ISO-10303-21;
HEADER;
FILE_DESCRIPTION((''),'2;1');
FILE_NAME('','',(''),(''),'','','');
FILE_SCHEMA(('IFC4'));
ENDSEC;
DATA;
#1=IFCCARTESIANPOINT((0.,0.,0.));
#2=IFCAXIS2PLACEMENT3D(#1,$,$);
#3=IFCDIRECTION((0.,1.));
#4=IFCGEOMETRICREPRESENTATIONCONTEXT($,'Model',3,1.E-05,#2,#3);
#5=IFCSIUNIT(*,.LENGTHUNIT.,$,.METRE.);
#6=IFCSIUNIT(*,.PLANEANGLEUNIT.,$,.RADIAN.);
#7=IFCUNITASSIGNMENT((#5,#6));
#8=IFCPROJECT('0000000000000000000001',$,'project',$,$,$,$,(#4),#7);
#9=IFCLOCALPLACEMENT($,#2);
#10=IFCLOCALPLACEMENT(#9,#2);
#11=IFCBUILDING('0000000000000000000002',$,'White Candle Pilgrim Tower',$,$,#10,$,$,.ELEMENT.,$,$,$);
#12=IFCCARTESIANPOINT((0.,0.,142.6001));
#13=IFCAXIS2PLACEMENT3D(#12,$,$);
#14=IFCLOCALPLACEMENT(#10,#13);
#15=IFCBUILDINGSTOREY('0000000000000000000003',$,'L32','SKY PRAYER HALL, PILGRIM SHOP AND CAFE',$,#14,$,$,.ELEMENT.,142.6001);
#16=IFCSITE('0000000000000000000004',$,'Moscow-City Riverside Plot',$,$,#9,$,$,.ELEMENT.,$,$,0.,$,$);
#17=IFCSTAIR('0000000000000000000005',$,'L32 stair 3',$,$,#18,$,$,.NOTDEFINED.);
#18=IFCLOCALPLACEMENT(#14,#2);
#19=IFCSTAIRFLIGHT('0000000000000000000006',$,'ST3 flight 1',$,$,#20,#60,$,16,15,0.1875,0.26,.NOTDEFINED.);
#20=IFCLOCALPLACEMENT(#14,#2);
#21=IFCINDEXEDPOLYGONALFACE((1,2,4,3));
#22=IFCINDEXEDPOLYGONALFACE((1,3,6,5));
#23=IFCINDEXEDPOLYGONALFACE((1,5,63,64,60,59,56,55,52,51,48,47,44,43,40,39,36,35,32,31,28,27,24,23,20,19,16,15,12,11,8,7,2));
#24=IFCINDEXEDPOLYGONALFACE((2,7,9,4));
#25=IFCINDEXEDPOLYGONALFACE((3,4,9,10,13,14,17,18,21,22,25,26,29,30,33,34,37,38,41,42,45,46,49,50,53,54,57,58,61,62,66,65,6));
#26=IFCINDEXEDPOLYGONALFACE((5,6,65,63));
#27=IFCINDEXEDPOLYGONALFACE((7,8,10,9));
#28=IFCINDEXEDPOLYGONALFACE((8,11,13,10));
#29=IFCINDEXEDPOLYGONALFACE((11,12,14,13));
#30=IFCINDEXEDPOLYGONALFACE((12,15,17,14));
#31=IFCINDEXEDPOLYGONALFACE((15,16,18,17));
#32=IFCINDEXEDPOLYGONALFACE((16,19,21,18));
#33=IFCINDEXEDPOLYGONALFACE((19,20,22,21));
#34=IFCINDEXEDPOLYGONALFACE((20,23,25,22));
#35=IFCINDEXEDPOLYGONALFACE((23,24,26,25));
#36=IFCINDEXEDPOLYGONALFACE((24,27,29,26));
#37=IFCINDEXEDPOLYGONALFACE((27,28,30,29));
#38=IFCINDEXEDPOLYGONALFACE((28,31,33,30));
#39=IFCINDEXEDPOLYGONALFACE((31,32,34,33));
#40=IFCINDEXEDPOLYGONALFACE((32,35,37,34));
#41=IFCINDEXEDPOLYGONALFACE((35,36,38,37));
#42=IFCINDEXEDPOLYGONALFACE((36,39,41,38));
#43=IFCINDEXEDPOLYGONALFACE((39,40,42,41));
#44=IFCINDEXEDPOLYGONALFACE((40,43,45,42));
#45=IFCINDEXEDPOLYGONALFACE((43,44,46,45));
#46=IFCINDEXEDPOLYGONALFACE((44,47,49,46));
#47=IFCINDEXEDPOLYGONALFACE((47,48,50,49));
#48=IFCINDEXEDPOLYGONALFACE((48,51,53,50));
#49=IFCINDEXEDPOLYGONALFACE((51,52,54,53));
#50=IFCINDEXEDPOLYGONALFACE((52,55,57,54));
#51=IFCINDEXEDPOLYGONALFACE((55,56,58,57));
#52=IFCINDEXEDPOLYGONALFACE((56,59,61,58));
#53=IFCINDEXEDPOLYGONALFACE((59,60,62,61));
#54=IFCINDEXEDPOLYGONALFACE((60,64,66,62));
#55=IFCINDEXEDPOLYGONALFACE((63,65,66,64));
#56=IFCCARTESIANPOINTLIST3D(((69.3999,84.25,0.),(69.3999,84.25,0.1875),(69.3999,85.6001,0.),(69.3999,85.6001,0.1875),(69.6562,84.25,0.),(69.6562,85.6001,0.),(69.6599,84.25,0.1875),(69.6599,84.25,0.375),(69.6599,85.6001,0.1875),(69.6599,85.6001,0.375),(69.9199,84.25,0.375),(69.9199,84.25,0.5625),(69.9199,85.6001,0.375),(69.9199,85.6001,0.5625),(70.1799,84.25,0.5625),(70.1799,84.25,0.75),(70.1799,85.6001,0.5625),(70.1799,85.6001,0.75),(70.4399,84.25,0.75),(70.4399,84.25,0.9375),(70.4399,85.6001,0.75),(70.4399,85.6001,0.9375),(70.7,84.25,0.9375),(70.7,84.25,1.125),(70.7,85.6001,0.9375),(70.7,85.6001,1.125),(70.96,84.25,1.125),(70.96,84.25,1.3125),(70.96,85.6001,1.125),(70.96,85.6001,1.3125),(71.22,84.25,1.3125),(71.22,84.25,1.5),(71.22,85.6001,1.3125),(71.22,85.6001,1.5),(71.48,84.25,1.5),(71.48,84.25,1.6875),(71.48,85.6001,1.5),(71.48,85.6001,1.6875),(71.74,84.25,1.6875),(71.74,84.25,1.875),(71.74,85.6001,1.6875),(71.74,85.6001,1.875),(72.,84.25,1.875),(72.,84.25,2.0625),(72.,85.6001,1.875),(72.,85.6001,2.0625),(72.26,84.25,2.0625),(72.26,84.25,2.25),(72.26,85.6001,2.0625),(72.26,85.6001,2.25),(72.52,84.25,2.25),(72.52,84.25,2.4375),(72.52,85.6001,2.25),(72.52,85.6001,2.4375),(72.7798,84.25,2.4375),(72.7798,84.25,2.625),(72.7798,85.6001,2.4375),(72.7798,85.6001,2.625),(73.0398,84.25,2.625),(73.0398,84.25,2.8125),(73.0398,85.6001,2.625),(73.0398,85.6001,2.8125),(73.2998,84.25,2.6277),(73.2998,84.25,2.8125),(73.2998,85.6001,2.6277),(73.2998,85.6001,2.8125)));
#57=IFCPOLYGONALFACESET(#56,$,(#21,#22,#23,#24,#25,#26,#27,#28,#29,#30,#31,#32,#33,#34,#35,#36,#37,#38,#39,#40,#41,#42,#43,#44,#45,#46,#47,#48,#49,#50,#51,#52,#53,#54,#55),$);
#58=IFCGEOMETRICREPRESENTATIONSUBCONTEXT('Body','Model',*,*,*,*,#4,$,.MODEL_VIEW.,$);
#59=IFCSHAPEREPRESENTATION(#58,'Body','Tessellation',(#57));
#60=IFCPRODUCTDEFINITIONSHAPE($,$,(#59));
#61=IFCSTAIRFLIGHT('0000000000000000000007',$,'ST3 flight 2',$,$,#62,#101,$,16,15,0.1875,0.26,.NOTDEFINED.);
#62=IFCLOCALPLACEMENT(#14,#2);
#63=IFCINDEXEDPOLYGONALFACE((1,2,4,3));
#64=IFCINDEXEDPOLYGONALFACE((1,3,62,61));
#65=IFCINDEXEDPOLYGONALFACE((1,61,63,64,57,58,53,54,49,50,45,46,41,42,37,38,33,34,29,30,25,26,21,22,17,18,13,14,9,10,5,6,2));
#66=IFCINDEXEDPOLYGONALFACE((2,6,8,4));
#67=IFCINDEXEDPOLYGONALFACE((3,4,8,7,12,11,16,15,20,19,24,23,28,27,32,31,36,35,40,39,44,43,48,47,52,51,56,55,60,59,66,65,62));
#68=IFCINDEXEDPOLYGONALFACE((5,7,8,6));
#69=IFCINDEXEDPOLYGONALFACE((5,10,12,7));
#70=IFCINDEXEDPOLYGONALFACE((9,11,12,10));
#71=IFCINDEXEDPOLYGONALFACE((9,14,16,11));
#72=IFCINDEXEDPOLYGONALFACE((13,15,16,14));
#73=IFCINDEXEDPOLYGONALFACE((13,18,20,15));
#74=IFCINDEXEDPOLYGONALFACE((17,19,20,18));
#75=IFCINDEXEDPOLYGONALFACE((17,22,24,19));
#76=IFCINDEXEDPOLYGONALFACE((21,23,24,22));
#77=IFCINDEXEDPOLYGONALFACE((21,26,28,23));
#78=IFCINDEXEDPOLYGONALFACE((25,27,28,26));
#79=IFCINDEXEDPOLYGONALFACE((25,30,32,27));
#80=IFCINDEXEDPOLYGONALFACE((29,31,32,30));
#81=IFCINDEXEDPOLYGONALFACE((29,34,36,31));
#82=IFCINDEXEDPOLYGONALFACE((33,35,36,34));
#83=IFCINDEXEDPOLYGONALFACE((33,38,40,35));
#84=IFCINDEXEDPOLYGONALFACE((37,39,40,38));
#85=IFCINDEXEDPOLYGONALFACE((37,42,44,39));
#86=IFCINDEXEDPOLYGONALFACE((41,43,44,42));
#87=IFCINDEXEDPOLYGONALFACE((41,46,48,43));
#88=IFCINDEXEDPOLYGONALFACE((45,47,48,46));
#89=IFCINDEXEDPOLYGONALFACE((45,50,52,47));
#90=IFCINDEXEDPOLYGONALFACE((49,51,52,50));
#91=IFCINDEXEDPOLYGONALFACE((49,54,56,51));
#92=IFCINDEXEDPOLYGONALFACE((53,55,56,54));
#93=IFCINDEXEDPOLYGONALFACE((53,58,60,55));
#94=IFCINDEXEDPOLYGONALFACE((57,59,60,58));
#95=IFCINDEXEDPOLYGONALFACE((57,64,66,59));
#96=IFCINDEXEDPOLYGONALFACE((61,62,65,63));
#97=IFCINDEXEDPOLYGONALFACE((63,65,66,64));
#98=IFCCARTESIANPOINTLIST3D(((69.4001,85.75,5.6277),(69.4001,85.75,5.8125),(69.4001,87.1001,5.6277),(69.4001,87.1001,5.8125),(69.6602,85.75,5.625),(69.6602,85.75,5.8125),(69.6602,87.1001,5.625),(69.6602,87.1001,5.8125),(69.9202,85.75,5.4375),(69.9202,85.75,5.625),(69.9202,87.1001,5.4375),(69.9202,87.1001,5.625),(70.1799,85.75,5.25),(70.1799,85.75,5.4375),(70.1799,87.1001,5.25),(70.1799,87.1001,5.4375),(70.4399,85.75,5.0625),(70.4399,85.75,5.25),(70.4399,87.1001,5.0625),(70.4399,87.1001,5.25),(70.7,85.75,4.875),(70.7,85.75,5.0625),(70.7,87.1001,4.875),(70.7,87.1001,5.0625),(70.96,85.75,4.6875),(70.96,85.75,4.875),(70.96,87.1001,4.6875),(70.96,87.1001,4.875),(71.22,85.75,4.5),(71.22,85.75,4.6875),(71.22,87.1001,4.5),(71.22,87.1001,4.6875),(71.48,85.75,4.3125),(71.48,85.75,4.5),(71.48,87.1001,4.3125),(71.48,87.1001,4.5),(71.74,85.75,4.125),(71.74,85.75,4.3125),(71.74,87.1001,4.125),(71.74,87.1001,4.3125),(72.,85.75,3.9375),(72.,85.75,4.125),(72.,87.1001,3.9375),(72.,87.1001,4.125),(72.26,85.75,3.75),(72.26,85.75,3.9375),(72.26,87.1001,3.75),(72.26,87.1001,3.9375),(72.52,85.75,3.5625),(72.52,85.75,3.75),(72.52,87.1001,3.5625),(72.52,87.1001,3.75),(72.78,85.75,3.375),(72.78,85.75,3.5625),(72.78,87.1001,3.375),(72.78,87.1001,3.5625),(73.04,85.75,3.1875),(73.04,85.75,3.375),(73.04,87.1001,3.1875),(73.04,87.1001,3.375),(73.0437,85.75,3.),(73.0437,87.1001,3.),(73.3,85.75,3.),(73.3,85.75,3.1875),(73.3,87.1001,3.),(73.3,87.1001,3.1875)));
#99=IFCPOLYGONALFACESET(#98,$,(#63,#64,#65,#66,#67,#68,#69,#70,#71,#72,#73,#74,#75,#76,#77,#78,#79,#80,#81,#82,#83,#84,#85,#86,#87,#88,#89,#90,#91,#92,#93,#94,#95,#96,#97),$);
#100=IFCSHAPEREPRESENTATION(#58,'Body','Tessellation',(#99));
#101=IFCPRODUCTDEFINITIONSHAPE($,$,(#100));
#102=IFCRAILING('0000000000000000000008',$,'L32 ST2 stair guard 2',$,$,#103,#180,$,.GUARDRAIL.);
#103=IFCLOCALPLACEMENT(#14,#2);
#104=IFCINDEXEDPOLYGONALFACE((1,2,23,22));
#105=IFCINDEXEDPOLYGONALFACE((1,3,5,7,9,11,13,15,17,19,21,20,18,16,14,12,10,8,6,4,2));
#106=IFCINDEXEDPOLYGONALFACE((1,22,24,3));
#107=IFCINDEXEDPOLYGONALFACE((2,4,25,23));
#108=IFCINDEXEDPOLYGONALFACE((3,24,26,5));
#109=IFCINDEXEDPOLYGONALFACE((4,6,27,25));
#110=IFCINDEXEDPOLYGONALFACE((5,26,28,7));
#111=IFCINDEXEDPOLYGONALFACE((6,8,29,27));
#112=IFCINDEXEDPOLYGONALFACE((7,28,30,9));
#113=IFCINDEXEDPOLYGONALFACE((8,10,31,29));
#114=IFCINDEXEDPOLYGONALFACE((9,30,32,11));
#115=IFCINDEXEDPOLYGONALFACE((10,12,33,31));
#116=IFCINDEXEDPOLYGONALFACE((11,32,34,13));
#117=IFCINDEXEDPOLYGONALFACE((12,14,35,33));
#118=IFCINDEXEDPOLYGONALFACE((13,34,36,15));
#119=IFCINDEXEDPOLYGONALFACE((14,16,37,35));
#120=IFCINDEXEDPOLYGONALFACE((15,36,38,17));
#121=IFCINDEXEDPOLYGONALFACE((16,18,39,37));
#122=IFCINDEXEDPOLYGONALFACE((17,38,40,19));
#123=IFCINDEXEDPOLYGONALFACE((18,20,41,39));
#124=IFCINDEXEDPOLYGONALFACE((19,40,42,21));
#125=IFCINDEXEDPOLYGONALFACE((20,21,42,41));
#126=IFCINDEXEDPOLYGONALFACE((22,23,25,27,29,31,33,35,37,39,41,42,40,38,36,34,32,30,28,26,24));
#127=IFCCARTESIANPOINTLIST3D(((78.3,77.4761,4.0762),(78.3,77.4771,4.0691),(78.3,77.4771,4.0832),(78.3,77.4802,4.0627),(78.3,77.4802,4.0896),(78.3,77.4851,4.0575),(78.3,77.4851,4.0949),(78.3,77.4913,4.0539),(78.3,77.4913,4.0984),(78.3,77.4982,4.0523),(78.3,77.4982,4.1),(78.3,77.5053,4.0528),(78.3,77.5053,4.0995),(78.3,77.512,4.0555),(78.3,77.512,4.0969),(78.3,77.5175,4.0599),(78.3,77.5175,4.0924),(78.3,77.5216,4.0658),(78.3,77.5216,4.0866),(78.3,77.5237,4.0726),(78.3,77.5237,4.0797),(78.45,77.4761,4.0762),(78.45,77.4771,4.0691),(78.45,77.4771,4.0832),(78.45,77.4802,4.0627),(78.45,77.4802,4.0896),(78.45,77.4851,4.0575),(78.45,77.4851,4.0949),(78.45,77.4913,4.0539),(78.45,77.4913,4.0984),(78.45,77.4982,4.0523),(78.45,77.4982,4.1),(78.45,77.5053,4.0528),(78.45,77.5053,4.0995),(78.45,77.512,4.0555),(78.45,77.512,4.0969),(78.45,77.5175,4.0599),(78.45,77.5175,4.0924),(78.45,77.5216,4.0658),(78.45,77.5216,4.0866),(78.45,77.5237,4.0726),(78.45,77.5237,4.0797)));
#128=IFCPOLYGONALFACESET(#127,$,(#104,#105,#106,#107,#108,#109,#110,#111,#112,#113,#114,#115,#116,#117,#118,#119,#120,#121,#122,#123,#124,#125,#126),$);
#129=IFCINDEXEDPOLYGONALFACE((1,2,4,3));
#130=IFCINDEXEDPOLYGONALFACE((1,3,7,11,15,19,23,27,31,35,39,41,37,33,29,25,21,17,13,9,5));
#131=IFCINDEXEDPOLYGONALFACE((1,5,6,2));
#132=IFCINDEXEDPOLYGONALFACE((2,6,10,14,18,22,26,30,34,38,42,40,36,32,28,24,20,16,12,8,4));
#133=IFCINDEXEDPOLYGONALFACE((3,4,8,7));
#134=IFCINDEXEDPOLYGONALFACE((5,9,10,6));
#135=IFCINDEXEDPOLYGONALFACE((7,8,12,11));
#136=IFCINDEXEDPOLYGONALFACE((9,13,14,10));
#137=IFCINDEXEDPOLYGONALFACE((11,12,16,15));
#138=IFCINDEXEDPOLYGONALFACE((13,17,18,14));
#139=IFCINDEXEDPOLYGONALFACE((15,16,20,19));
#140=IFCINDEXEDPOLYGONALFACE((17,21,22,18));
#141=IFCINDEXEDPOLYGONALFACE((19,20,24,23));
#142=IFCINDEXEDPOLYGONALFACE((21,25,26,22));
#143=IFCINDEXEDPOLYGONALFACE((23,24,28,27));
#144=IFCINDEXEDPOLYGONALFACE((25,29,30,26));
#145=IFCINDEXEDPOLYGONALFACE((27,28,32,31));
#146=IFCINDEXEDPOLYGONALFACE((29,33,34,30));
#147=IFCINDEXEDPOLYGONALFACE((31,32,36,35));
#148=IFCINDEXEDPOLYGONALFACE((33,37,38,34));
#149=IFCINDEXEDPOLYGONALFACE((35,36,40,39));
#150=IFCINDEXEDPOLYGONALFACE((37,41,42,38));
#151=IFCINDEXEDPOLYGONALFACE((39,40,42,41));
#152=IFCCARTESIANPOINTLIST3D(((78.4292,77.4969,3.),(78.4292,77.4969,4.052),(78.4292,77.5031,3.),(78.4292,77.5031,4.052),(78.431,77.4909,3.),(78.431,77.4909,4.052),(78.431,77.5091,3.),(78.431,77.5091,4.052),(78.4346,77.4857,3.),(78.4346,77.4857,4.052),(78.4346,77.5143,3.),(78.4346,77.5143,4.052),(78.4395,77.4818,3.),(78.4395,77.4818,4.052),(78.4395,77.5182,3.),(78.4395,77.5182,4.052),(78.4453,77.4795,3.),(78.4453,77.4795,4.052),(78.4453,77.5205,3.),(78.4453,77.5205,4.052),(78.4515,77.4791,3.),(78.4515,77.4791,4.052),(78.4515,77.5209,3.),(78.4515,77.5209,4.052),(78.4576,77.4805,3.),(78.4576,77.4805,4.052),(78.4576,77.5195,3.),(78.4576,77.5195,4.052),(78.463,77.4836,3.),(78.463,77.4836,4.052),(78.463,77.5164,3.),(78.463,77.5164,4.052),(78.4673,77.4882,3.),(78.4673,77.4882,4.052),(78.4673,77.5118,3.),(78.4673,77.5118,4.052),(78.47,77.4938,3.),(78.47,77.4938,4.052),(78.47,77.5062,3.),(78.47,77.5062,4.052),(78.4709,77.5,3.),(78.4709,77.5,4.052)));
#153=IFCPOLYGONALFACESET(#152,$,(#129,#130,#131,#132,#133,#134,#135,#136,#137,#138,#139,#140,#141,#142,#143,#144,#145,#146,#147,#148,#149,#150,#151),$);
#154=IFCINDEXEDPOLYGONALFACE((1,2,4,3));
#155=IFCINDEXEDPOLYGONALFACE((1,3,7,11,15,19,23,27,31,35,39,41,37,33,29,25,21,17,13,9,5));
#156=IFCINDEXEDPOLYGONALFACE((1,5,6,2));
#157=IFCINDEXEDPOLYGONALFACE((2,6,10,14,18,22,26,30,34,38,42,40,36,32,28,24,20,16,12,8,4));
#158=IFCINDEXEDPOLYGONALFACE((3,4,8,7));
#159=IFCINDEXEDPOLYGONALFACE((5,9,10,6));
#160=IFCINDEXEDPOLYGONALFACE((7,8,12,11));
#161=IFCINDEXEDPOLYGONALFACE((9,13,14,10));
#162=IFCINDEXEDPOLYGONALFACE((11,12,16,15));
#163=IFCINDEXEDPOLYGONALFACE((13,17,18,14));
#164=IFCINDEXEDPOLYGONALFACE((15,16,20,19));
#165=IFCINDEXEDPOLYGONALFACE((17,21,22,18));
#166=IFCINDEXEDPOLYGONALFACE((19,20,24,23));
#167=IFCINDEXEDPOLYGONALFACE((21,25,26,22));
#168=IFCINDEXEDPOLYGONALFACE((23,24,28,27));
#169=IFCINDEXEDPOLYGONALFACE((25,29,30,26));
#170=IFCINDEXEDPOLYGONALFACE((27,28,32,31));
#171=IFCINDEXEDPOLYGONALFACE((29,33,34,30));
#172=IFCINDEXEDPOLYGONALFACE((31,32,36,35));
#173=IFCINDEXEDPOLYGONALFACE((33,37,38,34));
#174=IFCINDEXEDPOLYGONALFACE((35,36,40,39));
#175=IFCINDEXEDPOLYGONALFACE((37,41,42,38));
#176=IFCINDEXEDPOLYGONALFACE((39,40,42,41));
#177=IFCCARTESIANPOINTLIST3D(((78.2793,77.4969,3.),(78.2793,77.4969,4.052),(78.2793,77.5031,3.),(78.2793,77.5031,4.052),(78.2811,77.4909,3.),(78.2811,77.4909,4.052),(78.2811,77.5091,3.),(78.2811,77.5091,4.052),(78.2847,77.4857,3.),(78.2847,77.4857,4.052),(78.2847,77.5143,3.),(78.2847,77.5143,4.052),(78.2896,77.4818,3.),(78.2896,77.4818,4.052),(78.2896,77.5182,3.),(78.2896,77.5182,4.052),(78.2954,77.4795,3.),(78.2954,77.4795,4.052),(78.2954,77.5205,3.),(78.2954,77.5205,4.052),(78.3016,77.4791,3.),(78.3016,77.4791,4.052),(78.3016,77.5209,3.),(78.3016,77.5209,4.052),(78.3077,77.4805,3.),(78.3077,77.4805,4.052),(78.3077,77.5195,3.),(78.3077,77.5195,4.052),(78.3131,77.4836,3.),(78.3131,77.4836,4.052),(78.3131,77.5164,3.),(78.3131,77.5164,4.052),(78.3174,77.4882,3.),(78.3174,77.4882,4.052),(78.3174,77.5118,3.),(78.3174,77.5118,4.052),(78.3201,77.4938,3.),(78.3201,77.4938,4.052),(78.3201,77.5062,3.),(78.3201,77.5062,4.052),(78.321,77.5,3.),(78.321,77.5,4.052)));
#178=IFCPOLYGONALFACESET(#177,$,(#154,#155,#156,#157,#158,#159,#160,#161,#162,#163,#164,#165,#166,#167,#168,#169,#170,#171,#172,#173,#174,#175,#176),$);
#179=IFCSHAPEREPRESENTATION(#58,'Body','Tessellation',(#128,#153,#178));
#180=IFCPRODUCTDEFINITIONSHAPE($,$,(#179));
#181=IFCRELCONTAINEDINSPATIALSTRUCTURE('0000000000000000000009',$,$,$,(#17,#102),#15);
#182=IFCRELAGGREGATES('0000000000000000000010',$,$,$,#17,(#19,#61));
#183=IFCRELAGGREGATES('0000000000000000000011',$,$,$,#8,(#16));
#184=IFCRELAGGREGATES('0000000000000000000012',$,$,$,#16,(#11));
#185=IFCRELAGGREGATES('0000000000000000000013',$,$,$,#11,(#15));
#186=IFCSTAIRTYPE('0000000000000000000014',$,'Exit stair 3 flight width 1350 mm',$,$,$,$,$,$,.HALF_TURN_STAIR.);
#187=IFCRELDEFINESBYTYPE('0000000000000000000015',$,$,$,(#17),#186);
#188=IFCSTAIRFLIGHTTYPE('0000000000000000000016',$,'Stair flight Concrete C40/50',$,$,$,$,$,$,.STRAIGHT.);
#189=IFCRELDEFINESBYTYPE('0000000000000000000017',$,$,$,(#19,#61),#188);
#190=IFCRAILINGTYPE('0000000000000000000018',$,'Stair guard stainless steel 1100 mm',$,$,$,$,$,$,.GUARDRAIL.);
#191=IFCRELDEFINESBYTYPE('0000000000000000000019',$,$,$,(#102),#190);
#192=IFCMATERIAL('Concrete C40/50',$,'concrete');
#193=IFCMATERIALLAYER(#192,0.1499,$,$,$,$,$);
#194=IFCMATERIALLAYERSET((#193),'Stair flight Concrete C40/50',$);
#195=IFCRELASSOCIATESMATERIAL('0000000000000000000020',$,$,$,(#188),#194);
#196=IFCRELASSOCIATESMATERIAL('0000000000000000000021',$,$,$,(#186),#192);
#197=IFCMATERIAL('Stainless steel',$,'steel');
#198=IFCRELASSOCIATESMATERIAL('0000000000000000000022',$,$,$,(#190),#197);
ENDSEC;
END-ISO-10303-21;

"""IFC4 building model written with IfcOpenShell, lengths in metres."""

from ifc_helpers import new_model, si_unit, direction, frame, origin, origin_2d, place, context, subcontext, project, spatial, polyline, circle, outline, extrude, material, layer, layer_set, type_object, element, aggregate, save


model = new_model("IFC4")

# Units and contexts
model_context = context("Model", 3, precision=1e-05, world=origin(), true_north=direction((0.0, 1.0)))
body_context = subcontext(model_context, "Body", "Model", "MODEL_VIEW")
ifc_project = project(units=[si_unit("LENGTHUNIT", "METRE"), si_unit("PLANEANGLEUNIT", "RADIAN")], contexts=[model_context])

# Site, building, storey
site_placement = place(None, origin())
site = spatial("IfcSite", under=ifc_project, at=site_placement, Name="Moscow-City Riverside Plot", CompositionType="ELEMENT", RefElevation=0.0)
building_placement = place(site_placement, origin())
building = spatial("IfcBuilding", under=site, at=building_placement, Name="White Candle Pilgrim Tower", CompositionType="ELEMENT")
storey_placement = place(building_placement, frame((0.0, 0.0, 142.6001)))
storey = spatial("IfcBuildingStorey", under=building, at=storey_placement, Name="L32", Description="SKY PRAYER HALL, PILGRIM SHOP AND CAFE", CompositionType="ELEMENT", Elevation=142.6001)

# Shared definitions
ifc_material_1 = material(Name="Stainless steel", Category="steel")

# Shared definitions
ifc_material_2 = material(Name="Concrete C40/50", Category="concrete")
ifc_layer_1 = layer(ifc_material_2, 0.1499)
ifc_layer_set_1 = layer_set([ifc_layer_1], Name="Stair flight Concrete C40/50")
stair_flight_type = type_object("IfcStairFlightType", Name="Stair flight Concrete C40/50", PredefinedType="STRAIGHT", material=ifc_layer_set_1)

# Stair, stair flights
stair_type_1 = type_object("IfcStairType", Name="Exit stair 3 flight width 1350 mm", PredefinedType="HALF_TURN_STAIR", material=ifc_material_2)
stair_1_placement = place(storey_placement, origin())
stair_1 = element("IfcStair", 1, at=stair_1_placement, inside=storey, type_object=stair_type_1, Name="L32 stair 3", PredefinedType="NOTDEFINED")
stair_flight_1_placement = place(storey_placement, frame((69.3999, 84.925, 0.0), z_axis=(0.0, 0.0, 1.0), x_axis=(1.0, 0.0, 0.0)))
stair_flight_1 = element("IfcStairFlight", 2, at=stair_flight_1_placement, type_object=stair_flight_type, Name="ST3 flight 1", NumberOfRisers=16, NumberOfTreads=15, PredefinedType="NOTDEFINED", RiserHeight=0.1875, TreadLength=0.26, context=body_context, shape_type="SweptSolid", body=[
    extrude(outline(polyline([(0.0, 0.0), (0.0, 0.1875), (0.26, 0.1875), (0.26, 0.375), (0.52, 0.375), (0.52, 0.5625), (0.78, 0.5625), (0.78, 0.75), (1.04, 0.75), (1.04, 0.9375), (1.3, 0.9375), (1.3, 1.125), (1.5601, 1.125), (1.5601, 1.3125), (1.8201, 1.3125), (1.8201, 1.5), (2.0801, 1.5), (2.0801, 1.6875), (2.3401, 1.6875), (2.3401, 1.875), (2.6001, 1.875), (2.6001, 2.0625), (2.8601, 2.0625), (2.8601, 2.25), (3.1201, 2.25), (3.1201, 2.4375), (3.3799, 2.4375), (3.3799, 2.625), (3.6399, 2.625), (3.6399, 2.8125), (3.8999, 2.8125), (3.8999, 3.0), (3.8999, 2.6277), (0.2563, 0.0), (0.0, 0.0)])), frame((0.0, 0.675, 0.0), z_axis=(0.0, -1.0, 0.0), x_axis=(1.0, 0.0, 0.0)), (0.0, 0.0, 1.0), 1.3501),
])
stair_flight_2_placement = place(storey_placement, frame((73.3, 86.425, 3.0), z_axis=(0.0, 0.0, 1.0), x_axis=(-1.0, 0.0, 0.0)))
stair_flight_2 = element("IfcStairFlight", 3, at=stair_flight_2_placement, type_object=stair_flight_type, Name="ST3 flight 2", NumberOfRisers=16, NumberOfTreads=15, PredefinedType="NOTDEFINED", RiserHeight=0.1875, TreadLength=0.26, context=body_context, shape_type="SweptSolid", body=[
    extrude(outline(polyline([(0.0, 0.0), (0.0, 0.1875), (0.26, 0.1875), (0.26, 0.375), (0.52, 0.375), (0.52, 0.5625), (0.78, 0.5625), (0.78, 0.75), (1.04, 0.75), (1.04, 0.9375), (1.3, 0.9375), (1.3, 1.125), (1.5601, 1.125), (1.5601, 1.3125), (1.8201, 1.3125), (1.8201, 1.5), (2.0801, 1.5), (2.0801, 1.6875), (2.3401, 1.6875), (2.3401, 1.875), (2.6001, 1.875), (2.6001, 2.0625), (2.8601, 2.0625), (2.8601, 2.25), (3.1201, 2.25), (3.1201, 2.4375), (3.3799, 2.4375), (3.3799, 2.625), (3.6399, 2.625), (3.6399, 2.8125), (3.8999, 2.8125), (3.8999, 3.0), (3.8999, 2.6277), (0.2563, 0.0), (0.0, 0.0)])), frame((0.0, 0.675, 0.0), z_axis=(0.0, -1.0, 0.0), x_axis=(1.0, 0.0, 0.0)), (0.0, 0.0, 1.0), 1.3501),
])
aggregate(stair_1, [stair_flight_1, stair_flight_2])

# Railing
railing_type_1 = type_object("IfcRailingType", Name="Stair guard stainless steel 1100 mm", PredefinedType="GUARDRAIL", material=ifc_material_1)
railing_1_placement = place(storey_placement, frame((78.45, 77.5, 3.0)))
element("IfcRailing", 4, at=railing_1_placement, inside=storey, type_object=railing_type_1, Name="L32 ST2 stair guard 2", PredefinedType="GUARDRAIL", context=body_context, shape_type="SweptSolid", body=[
    extrude(circle(Radius=0.0239, at=origin_2d()), frame((0.0, 0.0, 1.0762), z_axis=(-1.0, 0.0, 0.0), x_axis=(0.0, -1.0, 0.0)), (0.0, 0.0, 1.0), 0.1499),
    extrude(circle(Radius=0.021, at=origin_2d()), origin(), (0.0, 0.0, 1.0), 1.052),
    extrude(circle(Radius=0.021, at=origin_2d()), frame((-0.1499, 0.0, 0.0)), (0.0, 0.0, 1.0), 1.052),
])

save(model, "model.ifc")
